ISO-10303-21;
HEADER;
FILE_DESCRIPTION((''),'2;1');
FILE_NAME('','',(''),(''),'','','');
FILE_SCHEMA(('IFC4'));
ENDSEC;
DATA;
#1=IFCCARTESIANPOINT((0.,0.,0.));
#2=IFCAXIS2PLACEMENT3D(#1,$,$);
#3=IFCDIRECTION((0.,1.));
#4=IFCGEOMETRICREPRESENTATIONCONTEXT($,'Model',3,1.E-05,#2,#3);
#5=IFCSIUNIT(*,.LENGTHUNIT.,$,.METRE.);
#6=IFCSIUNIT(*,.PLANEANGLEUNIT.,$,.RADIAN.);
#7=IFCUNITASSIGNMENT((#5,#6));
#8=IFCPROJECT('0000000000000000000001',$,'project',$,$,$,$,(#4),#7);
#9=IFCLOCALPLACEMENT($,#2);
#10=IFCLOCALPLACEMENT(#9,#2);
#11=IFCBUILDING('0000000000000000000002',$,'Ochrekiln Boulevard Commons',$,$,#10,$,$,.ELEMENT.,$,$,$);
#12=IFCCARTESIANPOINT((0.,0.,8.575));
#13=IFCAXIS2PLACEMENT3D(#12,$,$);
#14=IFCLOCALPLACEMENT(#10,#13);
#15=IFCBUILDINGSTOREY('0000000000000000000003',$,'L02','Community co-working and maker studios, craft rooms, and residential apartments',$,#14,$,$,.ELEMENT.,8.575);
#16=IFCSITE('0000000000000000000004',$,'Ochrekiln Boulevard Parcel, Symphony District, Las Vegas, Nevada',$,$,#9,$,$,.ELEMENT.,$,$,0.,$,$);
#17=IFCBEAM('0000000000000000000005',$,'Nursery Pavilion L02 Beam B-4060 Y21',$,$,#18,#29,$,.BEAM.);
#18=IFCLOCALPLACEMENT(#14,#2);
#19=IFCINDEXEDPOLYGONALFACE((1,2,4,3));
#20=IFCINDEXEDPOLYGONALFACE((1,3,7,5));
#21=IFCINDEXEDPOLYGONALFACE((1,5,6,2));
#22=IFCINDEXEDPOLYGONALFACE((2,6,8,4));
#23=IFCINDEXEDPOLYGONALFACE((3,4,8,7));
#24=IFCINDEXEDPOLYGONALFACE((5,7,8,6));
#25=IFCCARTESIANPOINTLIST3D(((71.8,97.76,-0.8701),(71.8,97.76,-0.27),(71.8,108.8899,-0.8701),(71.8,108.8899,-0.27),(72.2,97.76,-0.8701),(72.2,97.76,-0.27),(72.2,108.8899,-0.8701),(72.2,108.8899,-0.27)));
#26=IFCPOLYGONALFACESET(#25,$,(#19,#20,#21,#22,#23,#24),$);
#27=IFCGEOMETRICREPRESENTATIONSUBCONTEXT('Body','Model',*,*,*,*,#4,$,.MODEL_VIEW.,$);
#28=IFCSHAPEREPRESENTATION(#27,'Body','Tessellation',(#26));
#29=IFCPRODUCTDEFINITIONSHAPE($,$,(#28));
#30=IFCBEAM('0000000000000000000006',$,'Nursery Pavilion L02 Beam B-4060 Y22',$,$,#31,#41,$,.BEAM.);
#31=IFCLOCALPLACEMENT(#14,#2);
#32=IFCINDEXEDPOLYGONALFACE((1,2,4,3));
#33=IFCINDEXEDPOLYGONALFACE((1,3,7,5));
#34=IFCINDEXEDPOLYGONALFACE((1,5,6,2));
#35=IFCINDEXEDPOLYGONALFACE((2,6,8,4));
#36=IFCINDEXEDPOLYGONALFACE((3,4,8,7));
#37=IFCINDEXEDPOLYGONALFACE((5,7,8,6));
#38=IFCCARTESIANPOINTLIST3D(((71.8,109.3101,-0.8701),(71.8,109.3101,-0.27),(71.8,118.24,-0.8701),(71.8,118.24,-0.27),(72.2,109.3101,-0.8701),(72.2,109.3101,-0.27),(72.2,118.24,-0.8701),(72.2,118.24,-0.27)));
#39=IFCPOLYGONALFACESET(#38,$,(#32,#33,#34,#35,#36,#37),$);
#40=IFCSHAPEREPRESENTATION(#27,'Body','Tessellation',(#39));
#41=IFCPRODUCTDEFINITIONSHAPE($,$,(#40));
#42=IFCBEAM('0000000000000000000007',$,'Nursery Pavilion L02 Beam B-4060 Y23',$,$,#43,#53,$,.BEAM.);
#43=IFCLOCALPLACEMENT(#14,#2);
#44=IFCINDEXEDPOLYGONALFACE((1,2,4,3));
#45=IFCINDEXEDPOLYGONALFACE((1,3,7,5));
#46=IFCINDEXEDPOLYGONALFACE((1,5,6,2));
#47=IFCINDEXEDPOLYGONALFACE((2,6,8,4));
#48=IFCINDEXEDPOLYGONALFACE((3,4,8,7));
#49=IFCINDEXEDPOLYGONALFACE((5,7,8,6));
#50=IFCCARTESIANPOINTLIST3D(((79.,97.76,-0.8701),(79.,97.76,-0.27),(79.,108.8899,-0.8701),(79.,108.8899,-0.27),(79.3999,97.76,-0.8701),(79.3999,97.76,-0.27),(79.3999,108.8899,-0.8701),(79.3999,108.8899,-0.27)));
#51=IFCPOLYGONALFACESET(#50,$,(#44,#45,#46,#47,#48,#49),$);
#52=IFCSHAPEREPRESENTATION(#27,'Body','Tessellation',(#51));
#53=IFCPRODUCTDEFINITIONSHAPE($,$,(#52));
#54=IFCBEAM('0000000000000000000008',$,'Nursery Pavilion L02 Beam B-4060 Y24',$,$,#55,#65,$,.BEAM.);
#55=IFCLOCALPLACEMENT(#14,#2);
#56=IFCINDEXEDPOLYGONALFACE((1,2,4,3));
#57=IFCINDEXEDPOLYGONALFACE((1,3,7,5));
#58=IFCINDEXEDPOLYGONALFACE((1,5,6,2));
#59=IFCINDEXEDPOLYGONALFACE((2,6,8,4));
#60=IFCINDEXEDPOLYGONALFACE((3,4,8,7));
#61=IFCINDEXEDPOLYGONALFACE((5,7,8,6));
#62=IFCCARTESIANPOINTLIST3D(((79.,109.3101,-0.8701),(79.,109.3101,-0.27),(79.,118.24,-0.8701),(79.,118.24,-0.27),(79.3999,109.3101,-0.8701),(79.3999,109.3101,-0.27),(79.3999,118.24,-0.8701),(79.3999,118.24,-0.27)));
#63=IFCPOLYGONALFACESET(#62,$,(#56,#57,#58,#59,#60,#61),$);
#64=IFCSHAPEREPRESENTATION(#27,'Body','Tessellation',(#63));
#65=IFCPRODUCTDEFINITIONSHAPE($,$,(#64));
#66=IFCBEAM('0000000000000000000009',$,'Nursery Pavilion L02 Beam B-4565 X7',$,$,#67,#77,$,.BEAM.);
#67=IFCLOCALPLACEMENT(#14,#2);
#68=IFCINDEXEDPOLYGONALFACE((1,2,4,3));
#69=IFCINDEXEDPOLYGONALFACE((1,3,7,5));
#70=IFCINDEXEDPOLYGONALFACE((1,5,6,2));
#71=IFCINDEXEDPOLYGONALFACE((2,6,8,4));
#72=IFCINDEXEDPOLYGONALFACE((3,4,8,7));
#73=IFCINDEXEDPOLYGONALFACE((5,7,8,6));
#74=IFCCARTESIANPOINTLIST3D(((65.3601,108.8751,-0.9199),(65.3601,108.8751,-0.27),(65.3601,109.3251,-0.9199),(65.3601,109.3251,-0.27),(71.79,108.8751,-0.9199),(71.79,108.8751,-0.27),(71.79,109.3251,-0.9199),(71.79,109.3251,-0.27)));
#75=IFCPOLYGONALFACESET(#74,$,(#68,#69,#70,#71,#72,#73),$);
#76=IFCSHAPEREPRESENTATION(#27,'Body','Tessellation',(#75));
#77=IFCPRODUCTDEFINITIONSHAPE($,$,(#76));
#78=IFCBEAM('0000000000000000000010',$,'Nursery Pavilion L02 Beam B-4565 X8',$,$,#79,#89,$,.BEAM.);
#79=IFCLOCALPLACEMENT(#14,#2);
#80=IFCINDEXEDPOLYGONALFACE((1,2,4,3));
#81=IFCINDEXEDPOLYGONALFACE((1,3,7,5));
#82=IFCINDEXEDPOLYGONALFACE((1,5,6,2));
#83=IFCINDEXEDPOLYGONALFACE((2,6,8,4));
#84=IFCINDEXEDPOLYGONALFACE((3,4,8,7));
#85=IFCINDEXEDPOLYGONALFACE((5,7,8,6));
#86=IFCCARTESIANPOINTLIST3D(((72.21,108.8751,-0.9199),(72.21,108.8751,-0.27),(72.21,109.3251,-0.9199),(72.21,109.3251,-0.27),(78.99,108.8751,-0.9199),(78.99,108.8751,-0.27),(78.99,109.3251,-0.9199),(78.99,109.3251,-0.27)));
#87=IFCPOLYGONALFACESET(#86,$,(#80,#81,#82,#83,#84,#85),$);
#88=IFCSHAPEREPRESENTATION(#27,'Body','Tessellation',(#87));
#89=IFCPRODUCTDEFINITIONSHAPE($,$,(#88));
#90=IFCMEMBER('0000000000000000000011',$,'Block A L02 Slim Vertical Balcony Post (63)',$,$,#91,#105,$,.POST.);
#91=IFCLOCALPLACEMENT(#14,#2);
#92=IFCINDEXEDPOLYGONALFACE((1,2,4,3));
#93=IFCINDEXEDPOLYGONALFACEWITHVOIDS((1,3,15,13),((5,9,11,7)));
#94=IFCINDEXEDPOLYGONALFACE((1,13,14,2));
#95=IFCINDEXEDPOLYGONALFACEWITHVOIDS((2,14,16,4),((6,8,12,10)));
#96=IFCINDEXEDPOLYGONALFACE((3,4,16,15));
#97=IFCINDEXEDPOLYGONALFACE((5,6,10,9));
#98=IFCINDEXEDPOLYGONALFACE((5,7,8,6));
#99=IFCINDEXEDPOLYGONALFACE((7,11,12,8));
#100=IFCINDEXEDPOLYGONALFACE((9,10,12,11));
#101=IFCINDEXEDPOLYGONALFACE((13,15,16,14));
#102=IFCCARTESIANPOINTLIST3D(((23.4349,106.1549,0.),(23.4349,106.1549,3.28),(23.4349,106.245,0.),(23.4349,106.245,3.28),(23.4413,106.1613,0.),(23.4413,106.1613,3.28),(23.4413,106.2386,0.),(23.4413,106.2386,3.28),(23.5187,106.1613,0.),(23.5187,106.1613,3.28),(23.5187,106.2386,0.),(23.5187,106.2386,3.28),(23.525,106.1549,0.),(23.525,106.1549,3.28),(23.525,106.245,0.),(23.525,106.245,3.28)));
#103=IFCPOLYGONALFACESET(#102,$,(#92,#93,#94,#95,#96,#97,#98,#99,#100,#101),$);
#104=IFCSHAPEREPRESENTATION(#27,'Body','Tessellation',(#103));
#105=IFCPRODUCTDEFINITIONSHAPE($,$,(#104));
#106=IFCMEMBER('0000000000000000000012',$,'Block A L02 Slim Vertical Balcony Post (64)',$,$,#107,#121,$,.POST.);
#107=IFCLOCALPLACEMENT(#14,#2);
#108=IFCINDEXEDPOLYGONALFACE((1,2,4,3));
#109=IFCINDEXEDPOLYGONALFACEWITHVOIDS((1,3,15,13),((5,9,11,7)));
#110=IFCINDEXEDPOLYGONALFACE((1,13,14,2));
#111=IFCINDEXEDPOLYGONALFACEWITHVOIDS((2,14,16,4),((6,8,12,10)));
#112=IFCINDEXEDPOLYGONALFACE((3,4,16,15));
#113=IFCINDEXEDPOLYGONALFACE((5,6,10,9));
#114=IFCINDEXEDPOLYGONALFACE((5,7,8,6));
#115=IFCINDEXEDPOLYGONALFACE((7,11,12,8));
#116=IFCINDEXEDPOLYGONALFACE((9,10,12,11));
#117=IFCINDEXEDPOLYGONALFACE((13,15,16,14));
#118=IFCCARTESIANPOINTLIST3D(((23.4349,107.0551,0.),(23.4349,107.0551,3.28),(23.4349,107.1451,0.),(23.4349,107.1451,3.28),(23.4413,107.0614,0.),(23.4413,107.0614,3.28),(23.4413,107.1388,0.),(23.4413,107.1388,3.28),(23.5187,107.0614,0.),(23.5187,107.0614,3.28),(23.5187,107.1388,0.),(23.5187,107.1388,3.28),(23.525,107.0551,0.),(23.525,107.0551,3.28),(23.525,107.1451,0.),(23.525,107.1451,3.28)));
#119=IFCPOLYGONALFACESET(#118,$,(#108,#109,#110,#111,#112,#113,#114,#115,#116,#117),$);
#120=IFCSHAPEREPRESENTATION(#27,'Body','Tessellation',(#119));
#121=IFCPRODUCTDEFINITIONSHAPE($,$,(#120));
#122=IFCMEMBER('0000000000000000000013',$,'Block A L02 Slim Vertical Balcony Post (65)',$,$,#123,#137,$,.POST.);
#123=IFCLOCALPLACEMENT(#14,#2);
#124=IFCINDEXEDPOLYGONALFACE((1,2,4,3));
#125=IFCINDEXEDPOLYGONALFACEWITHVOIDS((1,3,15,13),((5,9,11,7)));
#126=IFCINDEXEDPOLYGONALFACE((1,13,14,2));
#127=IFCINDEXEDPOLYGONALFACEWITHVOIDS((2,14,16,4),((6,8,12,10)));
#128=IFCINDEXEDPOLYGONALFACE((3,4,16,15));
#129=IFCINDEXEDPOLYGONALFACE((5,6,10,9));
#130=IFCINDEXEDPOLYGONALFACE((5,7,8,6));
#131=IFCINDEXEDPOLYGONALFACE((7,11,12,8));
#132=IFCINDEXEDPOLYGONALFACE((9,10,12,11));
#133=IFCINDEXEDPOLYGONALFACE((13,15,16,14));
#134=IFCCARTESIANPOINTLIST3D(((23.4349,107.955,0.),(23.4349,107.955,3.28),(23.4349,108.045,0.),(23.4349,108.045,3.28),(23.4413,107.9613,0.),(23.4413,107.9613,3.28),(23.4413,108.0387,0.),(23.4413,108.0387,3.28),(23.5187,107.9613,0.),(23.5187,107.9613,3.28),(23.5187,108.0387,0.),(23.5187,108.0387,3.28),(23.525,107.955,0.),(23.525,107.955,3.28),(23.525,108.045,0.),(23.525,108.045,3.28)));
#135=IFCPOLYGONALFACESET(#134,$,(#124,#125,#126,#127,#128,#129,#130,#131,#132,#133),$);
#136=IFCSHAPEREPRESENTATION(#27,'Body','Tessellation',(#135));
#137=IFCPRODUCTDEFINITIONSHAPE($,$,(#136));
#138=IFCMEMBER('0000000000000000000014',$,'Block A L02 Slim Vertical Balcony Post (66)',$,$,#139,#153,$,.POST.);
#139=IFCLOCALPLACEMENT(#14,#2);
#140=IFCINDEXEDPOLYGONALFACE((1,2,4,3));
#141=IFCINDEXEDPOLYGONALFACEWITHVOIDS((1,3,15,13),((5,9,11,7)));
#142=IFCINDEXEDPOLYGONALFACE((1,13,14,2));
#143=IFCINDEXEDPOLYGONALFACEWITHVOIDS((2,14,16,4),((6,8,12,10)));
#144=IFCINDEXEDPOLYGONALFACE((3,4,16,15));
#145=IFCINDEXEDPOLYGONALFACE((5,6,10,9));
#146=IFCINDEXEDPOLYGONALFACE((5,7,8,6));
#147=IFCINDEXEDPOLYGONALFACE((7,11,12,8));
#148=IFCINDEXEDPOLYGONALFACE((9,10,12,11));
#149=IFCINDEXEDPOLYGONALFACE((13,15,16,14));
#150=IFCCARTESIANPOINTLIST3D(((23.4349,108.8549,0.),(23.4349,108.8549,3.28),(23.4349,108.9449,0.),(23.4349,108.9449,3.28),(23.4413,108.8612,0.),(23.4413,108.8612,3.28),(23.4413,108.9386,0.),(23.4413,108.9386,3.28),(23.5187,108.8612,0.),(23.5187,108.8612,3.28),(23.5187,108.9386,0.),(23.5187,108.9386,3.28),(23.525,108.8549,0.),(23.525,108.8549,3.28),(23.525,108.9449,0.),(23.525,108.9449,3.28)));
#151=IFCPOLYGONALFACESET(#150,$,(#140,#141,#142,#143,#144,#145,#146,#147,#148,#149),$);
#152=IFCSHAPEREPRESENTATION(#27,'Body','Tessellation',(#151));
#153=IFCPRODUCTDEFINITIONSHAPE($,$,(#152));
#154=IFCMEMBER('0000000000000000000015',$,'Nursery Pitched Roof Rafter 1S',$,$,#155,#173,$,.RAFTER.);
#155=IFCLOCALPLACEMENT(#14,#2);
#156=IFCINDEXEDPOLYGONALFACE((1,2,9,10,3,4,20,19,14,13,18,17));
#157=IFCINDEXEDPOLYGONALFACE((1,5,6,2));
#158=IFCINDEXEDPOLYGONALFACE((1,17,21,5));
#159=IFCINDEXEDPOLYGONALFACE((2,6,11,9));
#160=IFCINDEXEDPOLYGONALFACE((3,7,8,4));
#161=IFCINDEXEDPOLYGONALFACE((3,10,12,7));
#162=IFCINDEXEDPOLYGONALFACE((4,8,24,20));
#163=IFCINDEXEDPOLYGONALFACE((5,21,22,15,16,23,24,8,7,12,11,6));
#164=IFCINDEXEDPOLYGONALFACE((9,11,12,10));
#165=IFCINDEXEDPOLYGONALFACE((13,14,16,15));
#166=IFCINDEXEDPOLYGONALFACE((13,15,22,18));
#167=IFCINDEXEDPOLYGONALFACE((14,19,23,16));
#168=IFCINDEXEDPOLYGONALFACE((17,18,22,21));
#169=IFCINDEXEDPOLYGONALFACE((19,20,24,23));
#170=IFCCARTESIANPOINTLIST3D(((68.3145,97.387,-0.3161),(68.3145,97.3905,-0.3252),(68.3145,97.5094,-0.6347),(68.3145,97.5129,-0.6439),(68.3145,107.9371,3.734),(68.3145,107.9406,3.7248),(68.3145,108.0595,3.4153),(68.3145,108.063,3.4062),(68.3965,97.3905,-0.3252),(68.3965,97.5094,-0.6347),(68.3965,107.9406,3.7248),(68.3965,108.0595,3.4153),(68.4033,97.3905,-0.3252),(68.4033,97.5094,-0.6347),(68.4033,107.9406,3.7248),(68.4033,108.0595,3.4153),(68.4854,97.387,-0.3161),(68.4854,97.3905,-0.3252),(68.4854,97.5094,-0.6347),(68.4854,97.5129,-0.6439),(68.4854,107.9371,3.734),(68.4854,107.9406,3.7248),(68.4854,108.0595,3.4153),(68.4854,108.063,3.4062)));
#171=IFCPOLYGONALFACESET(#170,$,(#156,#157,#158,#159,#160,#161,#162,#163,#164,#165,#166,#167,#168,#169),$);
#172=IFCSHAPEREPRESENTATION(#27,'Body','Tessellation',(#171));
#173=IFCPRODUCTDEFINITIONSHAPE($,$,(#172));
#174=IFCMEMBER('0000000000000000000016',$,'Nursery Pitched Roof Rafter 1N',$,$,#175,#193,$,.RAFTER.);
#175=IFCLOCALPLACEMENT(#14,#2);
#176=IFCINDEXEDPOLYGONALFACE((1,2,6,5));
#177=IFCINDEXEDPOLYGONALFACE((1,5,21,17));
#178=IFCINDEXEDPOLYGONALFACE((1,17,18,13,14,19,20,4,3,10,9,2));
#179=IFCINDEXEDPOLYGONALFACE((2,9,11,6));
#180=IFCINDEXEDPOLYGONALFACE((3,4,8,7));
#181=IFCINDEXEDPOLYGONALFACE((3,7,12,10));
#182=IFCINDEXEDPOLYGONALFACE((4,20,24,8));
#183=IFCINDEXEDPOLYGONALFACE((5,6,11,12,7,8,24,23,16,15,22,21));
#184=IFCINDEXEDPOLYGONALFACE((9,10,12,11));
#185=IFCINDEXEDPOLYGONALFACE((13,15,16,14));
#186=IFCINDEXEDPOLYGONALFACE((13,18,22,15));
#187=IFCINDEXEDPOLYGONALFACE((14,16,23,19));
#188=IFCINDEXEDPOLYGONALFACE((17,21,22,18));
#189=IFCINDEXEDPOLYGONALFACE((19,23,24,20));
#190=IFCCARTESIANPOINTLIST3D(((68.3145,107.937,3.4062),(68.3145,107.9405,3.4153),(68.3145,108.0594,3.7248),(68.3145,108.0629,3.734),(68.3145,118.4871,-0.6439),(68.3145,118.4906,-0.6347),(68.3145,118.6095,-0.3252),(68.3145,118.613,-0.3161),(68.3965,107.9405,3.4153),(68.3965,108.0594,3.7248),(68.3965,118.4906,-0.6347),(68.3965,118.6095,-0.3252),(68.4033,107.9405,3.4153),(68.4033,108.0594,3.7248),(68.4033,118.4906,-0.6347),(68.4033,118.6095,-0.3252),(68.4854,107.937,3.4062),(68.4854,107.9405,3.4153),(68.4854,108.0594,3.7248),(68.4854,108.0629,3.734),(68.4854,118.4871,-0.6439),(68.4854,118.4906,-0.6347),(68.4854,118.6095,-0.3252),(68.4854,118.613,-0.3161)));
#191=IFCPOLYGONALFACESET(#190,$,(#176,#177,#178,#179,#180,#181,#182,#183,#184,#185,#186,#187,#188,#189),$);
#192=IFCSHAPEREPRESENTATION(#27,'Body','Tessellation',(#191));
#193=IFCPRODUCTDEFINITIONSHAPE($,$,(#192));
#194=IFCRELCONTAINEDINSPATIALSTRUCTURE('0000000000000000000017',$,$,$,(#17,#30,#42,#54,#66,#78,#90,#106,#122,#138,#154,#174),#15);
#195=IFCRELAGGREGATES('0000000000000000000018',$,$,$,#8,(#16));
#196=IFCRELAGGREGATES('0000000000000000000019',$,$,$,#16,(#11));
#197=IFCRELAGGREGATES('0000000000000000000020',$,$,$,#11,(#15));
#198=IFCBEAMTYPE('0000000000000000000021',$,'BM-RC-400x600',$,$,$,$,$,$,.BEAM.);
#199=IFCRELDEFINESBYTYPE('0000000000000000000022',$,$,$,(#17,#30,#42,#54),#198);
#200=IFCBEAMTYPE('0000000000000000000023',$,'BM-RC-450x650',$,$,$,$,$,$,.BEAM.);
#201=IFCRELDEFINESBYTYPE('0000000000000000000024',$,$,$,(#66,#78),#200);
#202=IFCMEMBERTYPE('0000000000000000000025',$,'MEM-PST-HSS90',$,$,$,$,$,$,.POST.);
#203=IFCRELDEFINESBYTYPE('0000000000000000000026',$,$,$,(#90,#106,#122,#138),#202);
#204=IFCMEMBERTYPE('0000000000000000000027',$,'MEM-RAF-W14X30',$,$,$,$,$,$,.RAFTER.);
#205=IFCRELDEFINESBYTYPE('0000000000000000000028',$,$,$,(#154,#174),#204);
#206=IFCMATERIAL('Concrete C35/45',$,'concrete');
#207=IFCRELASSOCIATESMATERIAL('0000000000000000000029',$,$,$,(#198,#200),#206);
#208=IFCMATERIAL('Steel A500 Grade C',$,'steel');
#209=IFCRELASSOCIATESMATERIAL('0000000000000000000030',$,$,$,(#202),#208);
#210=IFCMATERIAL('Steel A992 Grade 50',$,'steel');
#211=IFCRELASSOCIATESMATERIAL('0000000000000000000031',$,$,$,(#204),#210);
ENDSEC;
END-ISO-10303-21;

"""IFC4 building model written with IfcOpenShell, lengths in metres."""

from ifc_helpers import new_model, si_unit, direction, frame, origin, origin_2d, place, context, subcontext, project, spatial, rectangle, hollow_rectangle, i_section, extrude, material, material_profile, profile_set, type_object, element, save


model = new_model("IFC4")

# Units and contexts
model_context = context("Model", 3, precision=1e-05, world=origin(), true_north=direction((0.0, 1.0)))
body_context = subcontext(model_context, "Body", "Model", "MODEL_VIEW")
ifc_project = project(units=[si_unit("LENGTHUNIT", "METRE"), si_unit("PLANEANGLEUNIT", "RADIAN")], contexts=[model_context])

# Site, building, storey
site_placement = place(None, origin())
site = spatial("IfcSite", under=ifc_project, at=site_placement, Name="Ochrekiln Boulevard Parcel, Symphony District, Las Vegas, Nevada", CompositionType="ELEMENT", RefElevation=0.0)
building_placement = place(site_placement, origin())
building = spatial("IfcBuilding", under=site, at=building_placement, Name="Ochrekiln Boulevard Commons", CompositionType="ELEMENT")
storey_placement = place(building_placement, frame((0.0, 0.0, 8.575)))
storey = spatial("IfcBuildingStorey", under=building, at=storey_placement, Name="L02", Description="Community co-working and maker studios, craft rooms, and residential apartments", CompositionType="ELEMENT", Elevation=8.575)

# Beams
ifc_material_1 = material(Name="Concrete C35/45", Category="concrete")
ifc_material_profile_1 = material_profile(ifc_material_1, rectangle(XDim=0.3999, YDim=0.6001, at=origin_2d()), Name="RC-BM-400x600")
ifc_profile_set_1 = profile_set([ifc_material_profile_1], Name="Concrete C35/45")
beam_type_1 = type_object("IfcBeamType", Name="BM-RC-400x600", PredefinedType="BEAM", material=ifc_profile_set_1)
beam_1_placement = place(storey_placement, frame((72.0, 97.76, -0.5701), z_axis=(0.0, 1.0, 0.0), x_axis=(-1.0, 0.0, 0.0)))
element("IfcBeam", 1, at=beam_1_placement, inside=storey, type_object=beam_type_1, Name="Nursery Pavilion L02 Beam B-4060 Y21", PredefinedType="BEAM", context=body_context, shape_type="SweptSolid", body=[
    extrude(rectangle(XDim=0.3999, YDim=0.6001, at=origin_2d()), origin(), (0.0, 0.0, 1.0), 11.1299),
])
beam_2_placement = place(storey_placement, frame((72.0, 109.3101, -0.5701), z_axis=(0.0, 1.0, 0.0), x_axis=(-1.0, 0.0, 0.0)))
element("IfcBeam", 2, at=beam_2_placement, inside=storey, type_object=beam_type_1, Name="Nursery Pavilion L02 Beam B-4060 Y22", PredefinedType="BEAM", context=body_context, shape_type="SweptSolid", body=[
    extrude(rectangle(XDim=0.3999, YDim=0.6001, at=origin_2d()), origin(), (0.0, 0.0, 1.0), 8.9299),
])
beam_3_placement = place(storey_placement, frame((79.2, 97.76, -0.5701), z_axis=(0.0, 1.0, 0.0), x_axis=(-1.0, 0.0, 0.0)))
element("IfcBeam", 3, at=beam_3_placement, inside=storey, type_object=beam_type_1, Name="Nursery Pavilion L02 Beam B-4060 Y23", PredefinedType="BEAM", context=body_context, shape_type="SweptSolid", body=[
    extrude(rectangle(XDim=0.3999, YDim=0.6001, at=origin_2d()), origin(), (0.0, 0.0, 1.0), 11.1299),
])
beam_4_placement = place(storey_placement, frame((79.2, 109.3101, -0.5701), z_axis=(0.0, 1.0, 0.0), x_axis=(-1.0, 0.0, 0.0)))
element("IfcBeam", 4, at=beam_4_placement, inside=storey, type_object=beam_type_1, Name="Nursery Pavilion L02 Beam B-4060 Y24", PredefinedType="BEAM", context=body_context, shape_type="SweptSolid", body=[
    extrude(rectangle(XDim=0.3999, YDim=0.6001, at=origin_2d()), origin(), (0.0, 0.0, 1.0), 8.9299),
])
ifc_material_profile_2 = material_profile(ifc_material_1, rectangle(XDim=0.45, YDim=0.6499, at=origin_2d()), Name="RC-BM-450x650")
ifc_profile_set_2 = profile_set([ifc_material_profile_2], Name="Concrete C35/45")
beam_type_2 = type_object("IfcBeamType", Name="BM-RC-450x650", PredefinedType="BEAM", material=ifc_profile_set_2)
beam_5_placement = place(storey_placement, frame((65.3601, 109.1001, -0.595), z_axis=(1.0, 0.0, 0.0), x_axis=(0.0, 1.0, 0.0)))
element("IfcBeam", 5, at=beam_5_placement, inside=storey, type_object=beam_type_2, Name="Nursery Pavilion L02 Beam B-4565 X7", PredefinedType="BEAM", context=body_context, shape_type="SweptSolid", body=[
    extrude(rectangle(XDim=0.45, YDim=0.6499, at=origin_2d()), origin(), (0.0, 0.0, 1.0), 6.4299),
])
beam_6_placement = place(storey_placement, frame((72.21, 109.1001, -0.595), z_axis=(1.0, 0.0, 0.0), x_axis=(0.0, 1.0, 0.0)))
element("IfcBeam", 6, at=beam_6_placement, inside=storey, type_object=beam_type_2, Name="Nursery Pavilion L02 Beam B-4565 X8", PredefinedType="BEAM", context=body_context, shape_type="SweptSolid", body=[
    extrude(rectangle(XDim=0.45, YDim=0.6499, at=origin_2d()), origin(), (0.0, 0.0, 1.0), 6.78),
])

# Members
ifc_material_2 = material(Name="Steel A500 Grade C", Category="steel")
ifc_material_profile_3 = material_profile(ifc_material_2, hollow_rectangle(XDim=0.0901, YDim=0.0901, WallThickness=0.0063, at=origin_2d()), Name="HSS90X90X6.4")
ifc_profile_set_3 = profile_set([ifc_material_profile_3], Name="Steel A500 Grade C")
member_type_1 = type_object("IfcMemberType", Name="MEM-PST-HSS90", PredefinedType="POST", material=ifc_profile_set_3)
for number, where, z_axis, x_axis, name in (
    (7, (23.48, 106.2, 0.0), (0.0, 0.0, 1.0), (1.0, 0.0, 0.0), "Block A L02 Slim Vertical Balcony Post (63)"),
    (8, (23.48, 107.1001, 0.0), (0.0, 0.0, 1.0), (1.0, 0.0, 0.0), "Block A L02 Slim Vertical Balcony Post (64)"),
    (9, (23.48, 108.0, 0.0), (0.0, 0.0, 1.0), (1.0, 0.0, 0.0), "Block A L02 Slim Vertical Balcony Post (65)"),
    (10, (23.48, 108.8999, 0.0), (0.0, 0.0, 1.0), (1.0, 0.0, 0.0), "Block A L02 Slim Vertical Balcony Post (66)"),
):
    element("IfcMember", number, at=place(storey_placement, frame(where, z_axis=z_axis, x_axis=x_axis)), inside=storey, type_object=member_type_1, Name=name, PredefinedType="POST", context=body_context, shape_type="SweptSolid", body=[
        extrude(hollow_rectangle(XDim=0.0901, YDim=0.0901, WallThickness=0.0063, at=origin_2d()), origin(), (0.0, 0.0, 1.0), 3.28),
    ])
ifc_material_3 = material(Name="Steel A992 Grade 50", Category="steel")
ifc_material_profile_4 = material_profile(ifc_material_3, i_section(OverallWidth=0.1709, OverallDepth=0.3511, WebThickness=0.0068, FlangeThickness=0.0098, at=origin_2d()), Name="W14X30")
ifc_profile_set_4 = profile_set([ifc_material_profile_4], Name="Steel A992 Grade 50")
member_type_2 = type_object("IfcMemberType", Name="MEM-RAF-W14X30", PredefinedType="RAFTER", material=ifc_profile_set_4)
for number, where, z_axis, x_axis, name in (
    (11, (68.3999, 97.45, -0.48), (0.0, 0.933573, 0.358388), (-1.0, 0.0, 0.0), "Nursery Pitched Roof Rafter 1S"),
    (12, (68.3999, 118.55, -0.48), (0.0, -0.933573, 0.358388), (1.0, 0.0, 0.0), "Nursery Pitched Roof Rafter 1N"),
):
    element("IfcMember", number, at=place(storey_placement, frame(where, z_axis=z_axis, x_axis=x_axis)), inside=storey, type_object=member_type_2, Name=name, PredefinedType="RAFTER", context=body_context, shape_type="SweptSolid", body=[
        extrude(i_section(OverallWidth=0.1709, OverallDepth=0.3511, WebThickness=0.0068, FlangeThickness=0.0098, at=origin_2d()), origin(), (0.0, 0.0, 1.0), 11.3008),
    ])

save(model, "model.ifc")
